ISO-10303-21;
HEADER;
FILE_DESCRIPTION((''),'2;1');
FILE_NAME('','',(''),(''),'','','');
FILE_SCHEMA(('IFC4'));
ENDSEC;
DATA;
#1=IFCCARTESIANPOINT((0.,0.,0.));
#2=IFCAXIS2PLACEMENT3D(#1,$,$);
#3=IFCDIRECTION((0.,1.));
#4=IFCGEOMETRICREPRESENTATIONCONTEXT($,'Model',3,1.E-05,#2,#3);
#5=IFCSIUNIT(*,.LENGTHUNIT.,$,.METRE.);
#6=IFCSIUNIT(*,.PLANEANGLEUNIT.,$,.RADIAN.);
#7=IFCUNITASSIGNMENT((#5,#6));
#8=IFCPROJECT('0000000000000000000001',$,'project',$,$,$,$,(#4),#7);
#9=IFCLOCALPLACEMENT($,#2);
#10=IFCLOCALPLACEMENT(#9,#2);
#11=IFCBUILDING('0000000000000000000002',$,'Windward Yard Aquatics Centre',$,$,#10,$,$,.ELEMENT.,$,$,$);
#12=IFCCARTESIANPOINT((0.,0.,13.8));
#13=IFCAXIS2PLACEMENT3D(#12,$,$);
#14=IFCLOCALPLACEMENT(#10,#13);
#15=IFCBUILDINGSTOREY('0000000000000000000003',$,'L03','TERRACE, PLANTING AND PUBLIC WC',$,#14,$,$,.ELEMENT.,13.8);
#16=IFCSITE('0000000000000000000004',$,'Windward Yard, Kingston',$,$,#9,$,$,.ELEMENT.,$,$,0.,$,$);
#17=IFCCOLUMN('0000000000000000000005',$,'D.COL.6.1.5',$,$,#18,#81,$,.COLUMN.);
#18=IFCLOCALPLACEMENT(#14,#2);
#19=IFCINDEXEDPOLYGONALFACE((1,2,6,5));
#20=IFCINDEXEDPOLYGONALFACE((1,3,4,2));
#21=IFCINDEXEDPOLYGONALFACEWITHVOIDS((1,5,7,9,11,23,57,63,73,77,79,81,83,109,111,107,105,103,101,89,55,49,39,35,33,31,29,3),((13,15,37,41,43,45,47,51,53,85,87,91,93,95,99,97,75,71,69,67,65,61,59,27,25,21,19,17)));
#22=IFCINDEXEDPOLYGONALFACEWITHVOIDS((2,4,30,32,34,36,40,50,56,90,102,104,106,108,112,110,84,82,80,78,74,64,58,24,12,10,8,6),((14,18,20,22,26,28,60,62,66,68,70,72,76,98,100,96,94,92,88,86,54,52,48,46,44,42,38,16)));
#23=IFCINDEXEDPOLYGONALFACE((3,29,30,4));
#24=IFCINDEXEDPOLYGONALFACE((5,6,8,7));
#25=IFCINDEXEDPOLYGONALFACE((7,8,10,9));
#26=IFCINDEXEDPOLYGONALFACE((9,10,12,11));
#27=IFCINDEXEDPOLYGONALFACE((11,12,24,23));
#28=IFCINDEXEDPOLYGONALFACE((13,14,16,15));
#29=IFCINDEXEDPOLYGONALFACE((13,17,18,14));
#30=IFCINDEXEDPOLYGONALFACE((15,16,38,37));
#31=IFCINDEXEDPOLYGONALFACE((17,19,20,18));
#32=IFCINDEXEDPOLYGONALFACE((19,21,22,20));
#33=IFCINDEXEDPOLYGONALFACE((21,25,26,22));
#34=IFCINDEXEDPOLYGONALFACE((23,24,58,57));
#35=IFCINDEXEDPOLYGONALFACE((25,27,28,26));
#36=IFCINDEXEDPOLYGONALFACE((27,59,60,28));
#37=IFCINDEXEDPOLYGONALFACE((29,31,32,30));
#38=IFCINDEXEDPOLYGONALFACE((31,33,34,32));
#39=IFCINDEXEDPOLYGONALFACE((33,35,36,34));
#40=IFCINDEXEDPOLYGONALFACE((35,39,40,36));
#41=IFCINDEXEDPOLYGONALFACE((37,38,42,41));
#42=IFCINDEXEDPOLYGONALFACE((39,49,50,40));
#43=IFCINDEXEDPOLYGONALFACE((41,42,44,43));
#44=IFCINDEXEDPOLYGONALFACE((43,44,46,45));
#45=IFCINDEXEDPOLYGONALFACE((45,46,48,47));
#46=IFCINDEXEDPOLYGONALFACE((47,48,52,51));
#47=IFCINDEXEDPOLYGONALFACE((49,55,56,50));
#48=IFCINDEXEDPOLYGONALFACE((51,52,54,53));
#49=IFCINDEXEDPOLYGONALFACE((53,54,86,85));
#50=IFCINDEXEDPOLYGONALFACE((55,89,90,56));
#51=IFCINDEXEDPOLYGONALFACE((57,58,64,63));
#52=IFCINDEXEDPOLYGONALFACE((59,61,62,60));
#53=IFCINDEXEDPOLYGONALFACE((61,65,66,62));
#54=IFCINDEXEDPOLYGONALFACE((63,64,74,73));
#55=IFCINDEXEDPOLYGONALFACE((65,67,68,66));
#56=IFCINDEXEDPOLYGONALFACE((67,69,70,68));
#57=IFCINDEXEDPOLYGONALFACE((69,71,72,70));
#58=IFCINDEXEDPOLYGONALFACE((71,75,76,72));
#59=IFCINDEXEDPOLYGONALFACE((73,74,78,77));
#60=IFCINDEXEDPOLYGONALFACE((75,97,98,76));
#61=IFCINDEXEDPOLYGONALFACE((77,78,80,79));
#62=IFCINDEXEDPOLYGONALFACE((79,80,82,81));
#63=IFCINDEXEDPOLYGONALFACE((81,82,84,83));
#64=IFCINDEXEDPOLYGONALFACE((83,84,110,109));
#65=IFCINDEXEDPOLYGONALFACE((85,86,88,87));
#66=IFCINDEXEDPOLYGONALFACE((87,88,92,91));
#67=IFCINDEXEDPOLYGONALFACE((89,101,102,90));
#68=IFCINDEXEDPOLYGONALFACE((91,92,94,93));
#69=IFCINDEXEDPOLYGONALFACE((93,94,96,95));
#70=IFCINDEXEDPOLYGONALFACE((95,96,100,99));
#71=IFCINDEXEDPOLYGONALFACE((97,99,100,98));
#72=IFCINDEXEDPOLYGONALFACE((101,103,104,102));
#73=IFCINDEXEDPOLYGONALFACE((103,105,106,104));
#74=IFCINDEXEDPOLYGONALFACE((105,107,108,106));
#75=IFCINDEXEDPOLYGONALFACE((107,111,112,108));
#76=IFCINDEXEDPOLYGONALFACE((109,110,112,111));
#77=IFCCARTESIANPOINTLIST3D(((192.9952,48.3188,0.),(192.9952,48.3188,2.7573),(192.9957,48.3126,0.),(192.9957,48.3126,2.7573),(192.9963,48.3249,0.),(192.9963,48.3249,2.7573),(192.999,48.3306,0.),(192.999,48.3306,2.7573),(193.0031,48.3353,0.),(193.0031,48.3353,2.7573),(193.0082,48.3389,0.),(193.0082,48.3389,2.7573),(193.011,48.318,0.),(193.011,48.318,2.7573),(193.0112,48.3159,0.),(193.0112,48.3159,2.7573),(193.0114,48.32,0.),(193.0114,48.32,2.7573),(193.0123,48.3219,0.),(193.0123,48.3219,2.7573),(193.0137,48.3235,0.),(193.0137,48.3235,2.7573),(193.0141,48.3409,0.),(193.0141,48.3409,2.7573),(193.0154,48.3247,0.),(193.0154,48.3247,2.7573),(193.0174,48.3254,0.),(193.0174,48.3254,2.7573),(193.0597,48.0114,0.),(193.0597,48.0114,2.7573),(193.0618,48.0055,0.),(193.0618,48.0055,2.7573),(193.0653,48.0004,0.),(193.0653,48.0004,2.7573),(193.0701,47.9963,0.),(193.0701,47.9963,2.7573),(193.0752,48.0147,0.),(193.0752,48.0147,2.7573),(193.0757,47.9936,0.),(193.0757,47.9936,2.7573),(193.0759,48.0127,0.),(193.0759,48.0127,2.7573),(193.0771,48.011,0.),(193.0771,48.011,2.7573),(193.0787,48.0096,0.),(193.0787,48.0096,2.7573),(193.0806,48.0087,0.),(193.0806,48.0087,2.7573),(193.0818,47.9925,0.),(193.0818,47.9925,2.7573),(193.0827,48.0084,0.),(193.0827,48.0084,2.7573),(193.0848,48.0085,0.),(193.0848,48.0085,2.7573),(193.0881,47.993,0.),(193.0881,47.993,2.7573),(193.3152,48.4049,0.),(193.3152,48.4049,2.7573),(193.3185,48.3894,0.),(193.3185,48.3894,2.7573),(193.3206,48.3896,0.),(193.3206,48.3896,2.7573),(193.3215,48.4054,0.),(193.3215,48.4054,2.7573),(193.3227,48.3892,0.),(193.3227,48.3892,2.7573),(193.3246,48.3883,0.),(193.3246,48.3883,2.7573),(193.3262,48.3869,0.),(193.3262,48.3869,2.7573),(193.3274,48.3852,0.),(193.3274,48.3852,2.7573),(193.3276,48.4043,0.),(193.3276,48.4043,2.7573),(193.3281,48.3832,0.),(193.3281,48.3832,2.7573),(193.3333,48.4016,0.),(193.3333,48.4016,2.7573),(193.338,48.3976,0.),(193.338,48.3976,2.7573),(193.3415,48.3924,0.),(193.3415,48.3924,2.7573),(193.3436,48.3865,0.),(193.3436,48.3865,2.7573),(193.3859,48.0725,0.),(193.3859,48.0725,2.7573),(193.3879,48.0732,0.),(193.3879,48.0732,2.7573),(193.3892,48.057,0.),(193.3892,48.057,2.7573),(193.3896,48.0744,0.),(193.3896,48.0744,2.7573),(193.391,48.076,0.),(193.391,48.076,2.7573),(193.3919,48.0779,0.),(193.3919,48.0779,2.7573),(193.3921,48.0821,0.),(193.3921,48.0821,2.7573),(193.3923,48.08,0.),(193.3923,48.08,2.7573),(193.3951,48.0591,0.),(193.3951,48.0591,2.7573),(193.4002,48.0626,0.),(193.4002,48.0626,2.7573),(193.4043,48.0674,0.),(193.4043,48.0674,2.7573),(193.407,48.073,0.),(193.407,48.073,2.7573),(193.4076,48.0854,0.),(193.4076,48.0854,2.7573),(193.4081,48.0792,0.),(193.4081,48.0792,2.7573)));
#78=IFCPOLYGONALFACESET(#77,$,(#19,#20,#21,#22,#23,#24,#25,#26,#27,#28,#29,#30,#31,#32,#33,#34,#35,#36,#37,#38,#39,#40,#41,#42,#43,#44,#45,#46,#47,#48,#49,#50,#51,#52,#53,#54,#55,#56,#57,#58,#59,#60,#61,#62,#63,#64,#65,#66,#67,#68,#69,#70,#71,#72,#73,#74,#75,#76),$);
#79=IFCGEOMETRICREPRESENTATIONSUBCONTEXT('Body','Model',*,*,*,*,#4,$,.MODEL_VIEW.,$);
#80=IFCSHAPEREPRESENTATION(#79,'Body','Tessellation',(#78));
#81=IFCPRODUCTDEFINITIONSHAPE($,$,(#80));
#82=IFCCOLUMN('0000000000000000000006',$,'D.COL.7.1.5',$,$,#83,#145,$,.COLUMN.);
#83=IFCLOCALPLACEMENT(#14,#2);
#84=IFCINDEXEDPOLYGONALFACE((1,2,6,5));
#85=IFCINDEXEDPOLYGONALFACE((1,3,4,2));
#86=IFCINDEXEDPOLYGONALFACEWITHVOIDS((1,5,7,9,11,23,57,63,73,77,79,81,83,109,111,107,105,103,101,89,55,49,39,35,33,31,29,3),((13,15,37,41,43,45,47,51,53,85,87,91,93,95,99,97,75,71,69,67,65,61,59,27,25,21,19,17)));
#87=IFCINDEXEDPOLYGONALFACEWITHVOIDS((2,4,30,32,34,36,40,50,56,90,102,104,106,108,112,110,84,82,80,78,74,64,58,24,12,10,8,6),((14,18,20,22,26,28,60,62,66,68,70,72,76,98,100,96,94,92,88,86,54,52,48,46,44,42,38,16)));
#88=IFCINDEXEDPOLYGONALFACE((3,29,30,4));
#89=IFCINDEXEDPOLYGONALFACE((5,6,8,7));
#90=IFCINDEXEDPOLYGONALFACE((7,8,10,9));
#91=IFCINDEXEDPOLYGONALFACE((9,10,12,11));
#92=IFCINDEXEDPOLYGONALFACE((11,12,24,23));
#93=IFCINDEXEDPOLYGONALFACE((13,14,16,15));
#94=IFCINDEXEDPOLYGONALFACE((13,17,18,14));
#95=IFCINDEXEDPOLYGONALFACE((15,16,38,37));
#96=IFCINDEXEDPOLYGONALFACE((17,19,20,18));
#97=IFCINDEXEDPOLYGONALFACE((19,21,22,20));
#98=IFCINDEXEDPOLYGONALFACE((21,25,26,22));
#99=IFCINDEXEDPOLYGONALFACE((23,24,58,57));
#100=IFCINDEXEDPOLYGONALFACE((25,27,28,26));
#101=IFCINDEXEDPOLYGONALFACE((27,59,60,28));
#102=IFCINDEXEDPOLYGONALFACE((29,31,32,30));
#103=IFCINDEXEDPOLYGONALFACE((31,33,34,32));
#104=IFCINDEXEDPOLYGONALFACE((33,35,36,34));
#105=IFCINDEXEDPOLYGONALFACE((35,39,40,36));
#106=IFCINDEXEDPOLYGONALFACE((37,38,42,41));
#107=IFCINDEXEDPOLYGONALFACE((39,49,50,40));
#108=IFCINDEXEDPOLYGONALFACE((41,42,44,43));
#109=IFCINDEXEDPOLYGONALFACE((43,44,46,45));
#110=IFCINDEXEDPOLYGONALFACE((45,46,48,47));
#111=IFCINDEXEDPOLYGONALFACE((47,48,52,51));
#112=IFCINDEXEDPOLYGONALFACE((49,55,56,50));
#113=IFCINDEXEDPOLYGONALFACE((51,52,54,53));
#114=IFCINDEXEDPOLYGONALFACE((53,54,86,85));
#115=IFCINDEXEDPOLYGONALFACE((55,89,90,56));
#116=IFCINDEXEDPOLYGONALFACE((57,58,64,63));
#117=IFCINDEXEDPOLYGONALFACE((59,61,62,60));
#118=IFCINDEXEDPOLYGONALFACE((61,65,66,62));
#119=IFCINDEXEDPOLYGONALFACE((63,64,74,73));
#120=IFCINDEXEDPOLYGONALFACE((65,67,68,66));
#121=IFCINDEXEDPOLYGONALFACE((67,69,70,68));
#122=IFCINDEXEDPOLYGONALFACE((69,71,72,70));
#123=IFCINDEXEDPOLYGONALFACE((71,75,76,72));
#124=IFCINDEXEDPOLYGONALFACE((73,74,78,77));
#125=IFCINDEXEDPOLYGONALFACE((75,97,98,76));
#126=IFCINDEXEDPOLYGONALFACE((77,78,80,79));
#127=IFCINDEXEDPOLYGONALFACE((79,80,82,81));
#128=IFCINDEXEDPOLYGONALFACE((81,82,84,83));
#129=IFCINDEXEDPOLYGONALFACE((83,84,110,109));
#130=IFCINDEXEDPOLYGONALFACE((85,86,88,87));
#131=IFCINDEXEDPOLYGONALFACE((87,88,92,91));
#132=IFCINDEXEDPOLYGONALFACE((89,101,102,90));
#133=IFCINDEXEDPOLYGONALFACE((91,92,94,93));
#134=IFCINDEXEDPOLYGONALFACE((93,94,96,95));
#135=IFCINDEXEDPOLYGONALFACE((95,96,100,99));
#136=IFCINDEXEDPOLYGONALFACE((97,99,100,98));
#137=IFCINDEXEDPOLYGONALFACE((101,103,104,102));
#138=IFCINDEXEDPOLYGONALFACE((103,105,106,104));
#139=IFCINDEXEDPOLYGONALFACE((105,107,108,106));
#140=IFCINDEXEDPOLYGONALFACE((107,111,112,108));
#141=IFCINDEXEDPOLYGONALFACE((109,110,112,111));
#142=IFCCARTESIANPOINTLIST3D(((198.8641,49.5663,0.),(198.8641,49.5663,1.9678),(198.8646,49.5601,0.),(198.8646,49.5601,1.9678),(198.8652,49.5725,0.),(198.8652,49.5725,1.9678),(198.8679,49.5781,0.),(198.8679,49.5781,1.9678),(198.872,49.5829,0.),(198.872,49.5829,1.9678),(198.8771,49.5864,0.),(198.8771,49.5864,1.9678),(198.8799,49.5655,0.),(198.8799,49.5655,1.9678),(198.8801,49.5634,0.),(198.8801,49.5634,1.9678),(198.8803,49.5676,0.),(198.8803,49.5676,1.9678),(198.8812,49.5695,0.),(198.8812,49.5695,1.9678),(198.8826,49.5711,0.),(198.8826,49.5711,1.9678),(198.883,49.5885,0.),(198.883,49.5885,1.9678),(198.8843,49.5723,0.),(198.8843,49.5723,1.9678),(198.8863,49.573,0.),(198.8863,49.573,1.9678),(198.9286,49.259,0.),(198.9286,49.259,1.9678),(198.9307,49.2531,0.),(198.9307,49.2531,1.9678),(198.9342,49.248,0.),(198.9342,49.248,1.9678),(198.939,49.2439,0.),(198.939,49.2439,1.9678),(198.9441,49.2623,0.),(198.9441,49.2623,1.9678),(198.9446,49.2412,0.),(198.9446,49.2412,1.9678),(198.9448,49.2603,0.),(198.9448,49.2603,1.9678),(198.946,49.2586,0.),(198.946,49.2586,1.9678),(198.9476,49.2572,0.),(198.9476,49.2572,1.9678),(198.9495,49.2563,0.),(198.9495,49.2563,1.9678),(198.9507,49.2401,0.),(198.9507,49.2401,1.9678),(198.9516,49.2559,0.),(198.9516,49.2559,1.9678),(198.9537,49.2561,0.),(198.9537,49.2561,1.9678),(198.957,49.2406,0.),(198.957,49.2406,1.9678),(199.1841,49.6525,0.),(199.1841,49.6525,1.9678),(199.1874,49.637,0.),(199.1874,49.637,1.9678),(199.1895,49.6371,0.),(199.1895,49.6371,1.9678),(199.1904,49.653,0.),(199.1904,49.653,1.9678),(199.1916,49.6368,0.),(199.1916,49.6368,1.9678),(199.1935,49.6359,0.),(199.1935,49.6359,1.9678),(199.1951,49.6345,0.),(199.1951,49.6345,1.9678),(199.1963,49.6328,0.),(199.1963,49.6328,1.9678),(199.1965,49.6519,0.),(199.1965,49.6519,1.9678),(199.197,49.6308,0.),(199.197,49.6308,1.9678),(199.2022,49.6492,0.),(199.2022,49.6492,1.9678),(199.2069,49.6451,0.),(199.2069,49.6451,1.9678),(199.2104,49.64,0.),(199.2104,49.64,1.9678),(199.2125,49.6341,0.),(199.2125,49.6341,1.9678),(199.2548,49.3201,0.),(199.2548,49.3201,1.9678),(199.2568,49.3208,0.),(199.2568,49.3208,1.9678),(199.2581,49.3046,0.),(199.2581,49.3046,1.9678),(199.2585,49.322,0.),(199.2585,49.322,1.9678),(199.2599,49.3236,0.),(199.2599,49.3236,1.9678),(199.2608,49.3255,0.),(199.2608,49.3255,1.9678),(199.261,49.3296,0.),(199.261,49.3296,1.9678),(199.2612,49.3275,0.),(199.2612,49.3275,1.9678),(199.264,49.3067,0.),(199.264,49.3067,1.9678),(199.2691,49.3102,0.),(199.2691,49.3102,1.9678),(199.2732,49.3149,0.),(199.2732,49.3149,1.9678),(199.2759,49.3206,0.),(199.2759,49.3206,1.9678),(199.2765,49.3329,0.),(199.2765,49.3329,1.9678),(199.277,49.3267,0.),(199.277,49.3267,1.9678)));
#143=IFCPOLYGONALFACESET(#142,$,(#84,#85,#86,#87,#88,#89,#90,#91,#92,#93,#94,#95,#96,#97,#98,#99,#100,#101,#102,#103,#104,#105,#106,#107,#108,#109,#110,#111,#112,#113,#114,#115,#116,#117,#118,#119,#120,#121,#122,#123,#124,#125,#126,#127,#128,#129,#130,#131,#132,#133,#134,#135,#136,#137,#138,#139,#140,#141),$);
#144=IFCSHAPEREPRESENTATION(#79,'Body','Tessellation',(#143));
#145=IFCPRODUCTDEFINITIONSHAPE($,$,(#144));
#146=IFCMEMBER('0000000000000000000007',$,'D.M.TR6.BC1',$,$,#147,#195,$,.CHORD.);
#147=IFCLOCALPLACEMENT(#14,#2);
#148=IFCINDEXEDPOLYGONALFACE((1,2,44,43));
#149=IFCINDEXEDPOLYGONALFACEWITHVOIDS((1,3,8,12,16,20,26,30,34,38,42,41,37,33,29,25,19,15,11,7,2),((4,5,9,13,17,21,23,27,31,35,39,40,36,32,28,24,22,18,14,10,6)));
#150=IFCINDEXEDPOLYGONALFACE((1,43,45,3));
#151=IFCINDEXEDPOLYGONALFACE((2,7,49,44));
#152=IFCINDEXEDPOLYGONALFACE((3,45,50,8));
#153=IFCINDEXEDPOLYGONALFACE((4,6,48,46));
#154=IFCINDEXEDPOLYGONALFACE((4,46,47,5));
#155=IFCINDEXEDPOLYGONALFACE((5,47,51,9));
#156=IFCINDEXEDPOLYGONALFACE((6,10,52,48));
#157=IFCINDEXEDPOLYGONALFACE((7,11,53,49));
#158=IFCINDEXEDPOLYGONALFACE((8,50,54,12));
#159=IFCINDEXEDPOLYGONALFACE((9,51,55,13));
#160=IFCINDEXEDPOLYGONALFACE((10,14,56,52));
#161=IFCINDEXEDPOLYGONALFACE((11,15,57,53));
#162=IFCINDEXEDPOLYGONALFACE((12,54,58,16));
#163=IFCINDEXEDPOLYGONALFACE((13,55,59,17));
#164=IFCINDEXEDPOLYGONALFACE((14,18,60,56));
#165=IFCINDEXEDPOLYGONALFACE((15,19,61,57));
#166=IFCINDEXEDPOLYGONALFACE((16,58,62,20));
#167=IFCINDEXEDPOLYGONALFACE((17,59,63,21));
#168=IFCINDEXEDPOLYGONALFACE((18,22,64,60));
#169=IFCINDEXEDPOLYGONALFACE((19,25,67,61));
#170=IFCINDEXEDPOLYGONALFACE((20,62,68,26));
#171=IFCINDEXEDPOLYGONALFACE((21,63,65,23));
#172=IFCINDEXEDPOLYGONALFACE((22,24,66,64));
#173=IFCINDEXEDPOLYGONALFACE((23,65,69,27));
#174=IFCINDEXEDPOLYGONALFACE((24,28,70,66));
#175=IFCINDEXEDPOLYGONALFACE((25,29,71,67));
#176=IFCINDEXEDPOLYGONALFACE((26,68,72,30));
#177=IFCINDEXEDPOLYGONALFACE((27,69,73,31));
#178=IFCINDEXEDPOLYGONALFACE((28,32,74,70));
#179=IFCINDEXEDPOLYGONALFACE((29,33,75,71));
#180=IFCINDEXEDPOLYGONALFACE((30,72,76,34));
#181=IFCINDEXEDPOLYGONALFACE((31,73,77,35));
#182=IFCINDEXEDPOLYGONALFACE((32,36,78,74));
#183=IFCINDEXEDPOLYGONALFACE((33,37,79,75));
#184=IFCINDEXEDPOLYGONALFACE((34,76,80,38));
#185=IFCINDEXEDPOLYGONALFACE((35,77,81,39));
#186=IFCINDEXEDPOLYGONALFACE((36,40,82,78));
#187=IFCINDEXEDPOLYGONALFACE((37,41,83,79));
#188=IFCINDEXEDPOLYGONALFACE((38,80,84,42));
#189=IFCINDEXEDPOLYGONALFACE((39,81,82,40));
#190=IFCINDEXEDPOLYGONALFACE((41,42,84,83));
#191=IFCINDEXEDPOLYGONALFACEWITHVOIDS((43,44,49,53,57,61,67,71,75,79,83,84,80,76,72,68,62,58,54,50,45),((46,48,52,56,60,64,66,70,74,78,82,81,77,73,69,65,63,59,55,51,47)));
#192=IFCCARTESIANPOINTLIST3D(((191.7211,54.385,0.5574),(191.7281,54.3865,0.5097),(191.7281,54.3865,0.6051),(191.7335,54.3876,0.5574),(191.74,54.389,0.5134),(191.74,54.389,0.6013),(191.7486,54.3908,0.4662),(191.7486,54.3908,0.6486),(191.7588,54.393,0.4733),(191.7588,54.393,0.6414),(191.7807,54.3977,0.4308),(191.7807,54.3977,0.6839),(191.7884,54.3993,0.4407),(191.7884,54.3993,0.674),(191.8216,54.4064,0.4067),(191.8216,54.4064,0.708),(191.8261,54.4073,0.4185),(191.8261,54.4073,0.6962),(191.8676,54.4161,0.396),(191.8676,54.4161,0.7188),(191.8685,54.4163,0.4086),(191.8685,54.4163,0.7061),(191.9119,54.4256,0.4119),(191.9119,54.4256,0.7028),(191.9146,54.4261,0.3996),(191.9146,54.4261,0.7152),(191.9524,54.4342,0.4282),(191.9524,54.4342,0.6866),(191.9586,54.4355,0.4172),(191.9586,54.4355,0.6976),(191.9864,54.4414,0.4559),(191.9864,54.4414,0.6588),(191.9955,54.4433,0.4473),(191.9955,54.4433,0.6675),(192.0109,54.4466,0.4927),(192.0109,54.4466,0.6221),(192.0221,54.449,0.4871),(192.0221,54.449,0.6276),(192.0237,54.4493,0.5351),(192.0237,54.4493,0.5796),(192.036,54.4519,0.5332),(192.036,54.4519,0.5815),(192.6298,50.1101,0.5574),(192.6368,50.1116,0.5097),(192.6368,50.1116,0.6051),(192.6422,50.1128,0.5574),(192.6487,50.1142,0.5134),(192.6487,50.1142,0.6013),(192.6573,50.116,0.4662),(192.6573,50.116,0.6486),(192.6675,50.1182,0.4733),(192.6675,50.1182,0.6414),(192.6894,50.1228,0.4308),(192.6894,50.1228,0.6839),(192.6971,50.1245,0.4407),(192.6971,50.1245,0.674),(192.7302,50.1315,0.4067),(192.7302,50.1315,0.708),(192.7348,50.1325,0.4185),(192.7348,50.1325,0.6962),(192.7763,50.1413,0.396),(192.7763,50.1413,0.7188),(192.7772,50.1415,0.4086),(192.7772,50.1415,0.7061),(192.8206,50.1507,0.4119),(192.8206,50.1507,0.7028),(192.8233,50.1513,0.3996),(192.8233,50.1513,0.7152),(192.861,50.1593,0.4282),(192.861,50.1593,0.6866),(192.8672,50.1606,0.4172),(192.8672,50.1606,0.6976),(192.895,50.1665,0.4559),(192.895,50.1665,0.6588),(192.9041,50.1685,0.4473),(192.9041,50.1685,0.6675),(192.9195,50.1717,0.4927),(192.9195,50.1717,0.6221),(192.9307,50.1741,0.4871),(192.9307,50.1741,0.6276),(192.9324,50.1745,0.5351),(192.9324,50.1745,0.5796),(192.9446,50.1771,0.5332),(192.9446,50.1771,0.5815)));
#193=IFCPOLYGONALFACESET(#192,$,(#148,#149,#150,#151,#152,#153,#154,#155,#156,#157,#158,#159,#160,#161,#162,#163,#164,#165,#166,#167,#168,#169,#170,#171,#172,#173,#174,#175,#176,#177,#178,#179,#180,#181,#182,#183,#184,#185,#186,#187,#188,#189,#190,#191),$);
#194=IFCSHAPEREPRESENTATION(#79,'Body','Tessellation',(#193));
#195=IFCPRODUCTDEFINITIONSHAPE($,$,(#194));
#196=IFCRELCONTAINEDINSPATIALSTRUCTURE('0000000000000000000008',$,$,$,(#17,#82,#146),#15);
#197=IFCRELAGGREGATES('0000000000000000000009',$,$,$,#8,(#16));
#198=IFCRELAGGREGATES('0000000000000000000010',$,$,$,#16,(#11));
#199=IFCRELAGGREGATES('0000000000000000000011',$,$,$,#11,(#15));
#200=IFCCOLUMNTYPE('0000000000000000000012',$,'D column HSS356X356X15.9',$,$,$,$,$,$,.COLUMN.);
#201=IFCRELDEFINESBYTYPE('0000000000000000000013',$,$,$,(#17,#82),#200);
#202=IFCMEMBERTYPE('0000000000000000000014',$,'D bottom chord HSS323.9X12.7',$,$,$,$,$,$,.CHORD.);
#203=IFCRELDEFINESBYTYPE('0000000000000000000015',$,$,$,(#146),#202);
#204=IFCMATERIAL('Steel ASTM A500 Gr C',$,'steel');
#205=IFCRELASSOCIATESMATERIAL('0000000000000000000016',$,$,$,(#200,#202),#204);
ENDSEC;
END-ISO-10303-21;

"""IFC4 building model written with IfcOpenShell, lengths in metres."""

from ifc_helpers import new_model, si_unit, direction, frame, origin, origin_2d, place, context, subcontext, project, spatial, hollow_rectangle, hollow_circle, extrude, material, material_profile, profile_set, type_object, element, save


model = new_model("IFC4")

# Units and contexts
model_context = context("Model", 3, precision=1e-05, world=origin(), true_north=direction((0.0, 1.0)))
body_context = subcontext(model_context, "Body", "Model", "MODEL_VIEW")
ifc_project = project(units=[si_unit("LENGTHUNIT", "METRE"), si_unit("PLANEANGLEUNIT", "RADIAN")], contexts=[model_context])

# Site, building, storey
site_placement = place(None, origin())
site = spatial("IfcSite", under=ifc_project, at=site_placement, Name="Windward Yard, Kingston", CompositionType="ELEMENT", RefElevation=0.0)
building_placement = place(site_placement, origin())
building = spatial("IfcBuilding", under=site, at=building_placement, Name="Windward Yard Aquatics Centre", CompositionType="ELEMENT")
storey_placement = place(building_placement, frame((0.0, 0.0, 13.8)))
storey = spatial("IfcBuildingStorey", under=building, at=storey_placement, Name="L03", Description="TERRACE, PLANTING AND PUBLIC WC", CompositionType="ELEMENT", Elevation=13.8)

# Columns
ifc_material_1 = material(Name="Steel ASTM A500 Gr C", Category="steel")
ifc_material_profile_1 = material_profile(ifc_material_1, hollow_rectangle(XDim=0.3557, YDim=0.3557, WallThickness=0.0159, InnerFilletRadius=0.0081, OuterFilletRadius=0.0239, at=origin_2d()), Name="HSS356X356X15.9")
ifc_profile_set_1 = profile_set([ifc_material_profile_1], Name="Steel ASTM A500 Gr C")
column_type = type_object("IfcColumnType", Name="D column HSS356X356X15.9", PredefinedType="COLUMN", material=ifc_profile_set_1)
column_1_placement = place(storey_placement, frame((193.2017, 48.199, 0.0), z_axis=(0.0, 0.0, 1.0), x_axis=(0.978148, 0.207912, 0.0)))
element("IfcColumn", 1, at=column_1_placement, inside=storey, type_object=column_type, Name="D.COL.6.1.5", PredefinedType="COLUMN", context=body_context, shape_type="SweptSolid", body=[
    extrude(hollow_rectangle(XDim=0.3557, YDim=0.3557, WallThickness=0.0159, InnerFilletRadius=0.0081, OuterFilletRadius=0.0239, at=origin_2d()), origin(), (0.0, 0.0, 1.0), 2.7573),
])
column_2_placement = place(storey_placement, frame((199.0706, 49.4465, 0.0), z_axis=(0.0, 0.0, 1.0), x_axis=(0.978148, 0.207912, 0.0)))
element("IfcColumn", 2, at=column_2_placement, inside=storey, type_object=column_type, Name="D.COL.7.1.5", PredefinedType="COLUMN", context=body_context, shape_type="SweptSolid", body=[
    extrude(hollow_rectangle(XDim=0.3557, YDim=0.3557, WallThickness=0.0159, InnerFilletRadius=0.0081, OuterFilletRadius=0.0239, at=origin_2d()), origin(), (0.0, 0.0, 1.0), 1.9678),
])

# Member
ifc_material_profile_2 = material_profile(ifc_material_1, hollow_circle(Radius=0.1619, WallThickness=0.0127, at=origin_2d()), Name="HSS323.9X12.7")
ifc_profile_set_2 = profile_set([ifc_material_profile_2], Name="Steel ASTM A500 Gr C")
member_type_1 = type_object("IfcMemberType", Name="D bottom chord HSS323.9X12.7", PredefinedType="CHORD", material=ifc_profile_set_2)
member_1_placement = place(storey_placement, frame((192.7881, 50.1438, 0.5574), z_axis=(-0.207919, 0.978146, 0.0), x_axis=(-0.978146, -0.207919, 0.0)))
element("IfcMember", 3, at=member_1_placement, inside=storey, type_object=member_type_1, Name="D.M.TR6.BC1", PredefinedType="CHORD", context=body_context, shape_type="SweptSolid", body=[
    extrude(hollow_circle(Radius=0.1619, WallThickness=0.0127, at=origin_2d()), origin(), (0.0, 0.0, 1.0), 4.3704),
])

save(model, "model.ifc")
